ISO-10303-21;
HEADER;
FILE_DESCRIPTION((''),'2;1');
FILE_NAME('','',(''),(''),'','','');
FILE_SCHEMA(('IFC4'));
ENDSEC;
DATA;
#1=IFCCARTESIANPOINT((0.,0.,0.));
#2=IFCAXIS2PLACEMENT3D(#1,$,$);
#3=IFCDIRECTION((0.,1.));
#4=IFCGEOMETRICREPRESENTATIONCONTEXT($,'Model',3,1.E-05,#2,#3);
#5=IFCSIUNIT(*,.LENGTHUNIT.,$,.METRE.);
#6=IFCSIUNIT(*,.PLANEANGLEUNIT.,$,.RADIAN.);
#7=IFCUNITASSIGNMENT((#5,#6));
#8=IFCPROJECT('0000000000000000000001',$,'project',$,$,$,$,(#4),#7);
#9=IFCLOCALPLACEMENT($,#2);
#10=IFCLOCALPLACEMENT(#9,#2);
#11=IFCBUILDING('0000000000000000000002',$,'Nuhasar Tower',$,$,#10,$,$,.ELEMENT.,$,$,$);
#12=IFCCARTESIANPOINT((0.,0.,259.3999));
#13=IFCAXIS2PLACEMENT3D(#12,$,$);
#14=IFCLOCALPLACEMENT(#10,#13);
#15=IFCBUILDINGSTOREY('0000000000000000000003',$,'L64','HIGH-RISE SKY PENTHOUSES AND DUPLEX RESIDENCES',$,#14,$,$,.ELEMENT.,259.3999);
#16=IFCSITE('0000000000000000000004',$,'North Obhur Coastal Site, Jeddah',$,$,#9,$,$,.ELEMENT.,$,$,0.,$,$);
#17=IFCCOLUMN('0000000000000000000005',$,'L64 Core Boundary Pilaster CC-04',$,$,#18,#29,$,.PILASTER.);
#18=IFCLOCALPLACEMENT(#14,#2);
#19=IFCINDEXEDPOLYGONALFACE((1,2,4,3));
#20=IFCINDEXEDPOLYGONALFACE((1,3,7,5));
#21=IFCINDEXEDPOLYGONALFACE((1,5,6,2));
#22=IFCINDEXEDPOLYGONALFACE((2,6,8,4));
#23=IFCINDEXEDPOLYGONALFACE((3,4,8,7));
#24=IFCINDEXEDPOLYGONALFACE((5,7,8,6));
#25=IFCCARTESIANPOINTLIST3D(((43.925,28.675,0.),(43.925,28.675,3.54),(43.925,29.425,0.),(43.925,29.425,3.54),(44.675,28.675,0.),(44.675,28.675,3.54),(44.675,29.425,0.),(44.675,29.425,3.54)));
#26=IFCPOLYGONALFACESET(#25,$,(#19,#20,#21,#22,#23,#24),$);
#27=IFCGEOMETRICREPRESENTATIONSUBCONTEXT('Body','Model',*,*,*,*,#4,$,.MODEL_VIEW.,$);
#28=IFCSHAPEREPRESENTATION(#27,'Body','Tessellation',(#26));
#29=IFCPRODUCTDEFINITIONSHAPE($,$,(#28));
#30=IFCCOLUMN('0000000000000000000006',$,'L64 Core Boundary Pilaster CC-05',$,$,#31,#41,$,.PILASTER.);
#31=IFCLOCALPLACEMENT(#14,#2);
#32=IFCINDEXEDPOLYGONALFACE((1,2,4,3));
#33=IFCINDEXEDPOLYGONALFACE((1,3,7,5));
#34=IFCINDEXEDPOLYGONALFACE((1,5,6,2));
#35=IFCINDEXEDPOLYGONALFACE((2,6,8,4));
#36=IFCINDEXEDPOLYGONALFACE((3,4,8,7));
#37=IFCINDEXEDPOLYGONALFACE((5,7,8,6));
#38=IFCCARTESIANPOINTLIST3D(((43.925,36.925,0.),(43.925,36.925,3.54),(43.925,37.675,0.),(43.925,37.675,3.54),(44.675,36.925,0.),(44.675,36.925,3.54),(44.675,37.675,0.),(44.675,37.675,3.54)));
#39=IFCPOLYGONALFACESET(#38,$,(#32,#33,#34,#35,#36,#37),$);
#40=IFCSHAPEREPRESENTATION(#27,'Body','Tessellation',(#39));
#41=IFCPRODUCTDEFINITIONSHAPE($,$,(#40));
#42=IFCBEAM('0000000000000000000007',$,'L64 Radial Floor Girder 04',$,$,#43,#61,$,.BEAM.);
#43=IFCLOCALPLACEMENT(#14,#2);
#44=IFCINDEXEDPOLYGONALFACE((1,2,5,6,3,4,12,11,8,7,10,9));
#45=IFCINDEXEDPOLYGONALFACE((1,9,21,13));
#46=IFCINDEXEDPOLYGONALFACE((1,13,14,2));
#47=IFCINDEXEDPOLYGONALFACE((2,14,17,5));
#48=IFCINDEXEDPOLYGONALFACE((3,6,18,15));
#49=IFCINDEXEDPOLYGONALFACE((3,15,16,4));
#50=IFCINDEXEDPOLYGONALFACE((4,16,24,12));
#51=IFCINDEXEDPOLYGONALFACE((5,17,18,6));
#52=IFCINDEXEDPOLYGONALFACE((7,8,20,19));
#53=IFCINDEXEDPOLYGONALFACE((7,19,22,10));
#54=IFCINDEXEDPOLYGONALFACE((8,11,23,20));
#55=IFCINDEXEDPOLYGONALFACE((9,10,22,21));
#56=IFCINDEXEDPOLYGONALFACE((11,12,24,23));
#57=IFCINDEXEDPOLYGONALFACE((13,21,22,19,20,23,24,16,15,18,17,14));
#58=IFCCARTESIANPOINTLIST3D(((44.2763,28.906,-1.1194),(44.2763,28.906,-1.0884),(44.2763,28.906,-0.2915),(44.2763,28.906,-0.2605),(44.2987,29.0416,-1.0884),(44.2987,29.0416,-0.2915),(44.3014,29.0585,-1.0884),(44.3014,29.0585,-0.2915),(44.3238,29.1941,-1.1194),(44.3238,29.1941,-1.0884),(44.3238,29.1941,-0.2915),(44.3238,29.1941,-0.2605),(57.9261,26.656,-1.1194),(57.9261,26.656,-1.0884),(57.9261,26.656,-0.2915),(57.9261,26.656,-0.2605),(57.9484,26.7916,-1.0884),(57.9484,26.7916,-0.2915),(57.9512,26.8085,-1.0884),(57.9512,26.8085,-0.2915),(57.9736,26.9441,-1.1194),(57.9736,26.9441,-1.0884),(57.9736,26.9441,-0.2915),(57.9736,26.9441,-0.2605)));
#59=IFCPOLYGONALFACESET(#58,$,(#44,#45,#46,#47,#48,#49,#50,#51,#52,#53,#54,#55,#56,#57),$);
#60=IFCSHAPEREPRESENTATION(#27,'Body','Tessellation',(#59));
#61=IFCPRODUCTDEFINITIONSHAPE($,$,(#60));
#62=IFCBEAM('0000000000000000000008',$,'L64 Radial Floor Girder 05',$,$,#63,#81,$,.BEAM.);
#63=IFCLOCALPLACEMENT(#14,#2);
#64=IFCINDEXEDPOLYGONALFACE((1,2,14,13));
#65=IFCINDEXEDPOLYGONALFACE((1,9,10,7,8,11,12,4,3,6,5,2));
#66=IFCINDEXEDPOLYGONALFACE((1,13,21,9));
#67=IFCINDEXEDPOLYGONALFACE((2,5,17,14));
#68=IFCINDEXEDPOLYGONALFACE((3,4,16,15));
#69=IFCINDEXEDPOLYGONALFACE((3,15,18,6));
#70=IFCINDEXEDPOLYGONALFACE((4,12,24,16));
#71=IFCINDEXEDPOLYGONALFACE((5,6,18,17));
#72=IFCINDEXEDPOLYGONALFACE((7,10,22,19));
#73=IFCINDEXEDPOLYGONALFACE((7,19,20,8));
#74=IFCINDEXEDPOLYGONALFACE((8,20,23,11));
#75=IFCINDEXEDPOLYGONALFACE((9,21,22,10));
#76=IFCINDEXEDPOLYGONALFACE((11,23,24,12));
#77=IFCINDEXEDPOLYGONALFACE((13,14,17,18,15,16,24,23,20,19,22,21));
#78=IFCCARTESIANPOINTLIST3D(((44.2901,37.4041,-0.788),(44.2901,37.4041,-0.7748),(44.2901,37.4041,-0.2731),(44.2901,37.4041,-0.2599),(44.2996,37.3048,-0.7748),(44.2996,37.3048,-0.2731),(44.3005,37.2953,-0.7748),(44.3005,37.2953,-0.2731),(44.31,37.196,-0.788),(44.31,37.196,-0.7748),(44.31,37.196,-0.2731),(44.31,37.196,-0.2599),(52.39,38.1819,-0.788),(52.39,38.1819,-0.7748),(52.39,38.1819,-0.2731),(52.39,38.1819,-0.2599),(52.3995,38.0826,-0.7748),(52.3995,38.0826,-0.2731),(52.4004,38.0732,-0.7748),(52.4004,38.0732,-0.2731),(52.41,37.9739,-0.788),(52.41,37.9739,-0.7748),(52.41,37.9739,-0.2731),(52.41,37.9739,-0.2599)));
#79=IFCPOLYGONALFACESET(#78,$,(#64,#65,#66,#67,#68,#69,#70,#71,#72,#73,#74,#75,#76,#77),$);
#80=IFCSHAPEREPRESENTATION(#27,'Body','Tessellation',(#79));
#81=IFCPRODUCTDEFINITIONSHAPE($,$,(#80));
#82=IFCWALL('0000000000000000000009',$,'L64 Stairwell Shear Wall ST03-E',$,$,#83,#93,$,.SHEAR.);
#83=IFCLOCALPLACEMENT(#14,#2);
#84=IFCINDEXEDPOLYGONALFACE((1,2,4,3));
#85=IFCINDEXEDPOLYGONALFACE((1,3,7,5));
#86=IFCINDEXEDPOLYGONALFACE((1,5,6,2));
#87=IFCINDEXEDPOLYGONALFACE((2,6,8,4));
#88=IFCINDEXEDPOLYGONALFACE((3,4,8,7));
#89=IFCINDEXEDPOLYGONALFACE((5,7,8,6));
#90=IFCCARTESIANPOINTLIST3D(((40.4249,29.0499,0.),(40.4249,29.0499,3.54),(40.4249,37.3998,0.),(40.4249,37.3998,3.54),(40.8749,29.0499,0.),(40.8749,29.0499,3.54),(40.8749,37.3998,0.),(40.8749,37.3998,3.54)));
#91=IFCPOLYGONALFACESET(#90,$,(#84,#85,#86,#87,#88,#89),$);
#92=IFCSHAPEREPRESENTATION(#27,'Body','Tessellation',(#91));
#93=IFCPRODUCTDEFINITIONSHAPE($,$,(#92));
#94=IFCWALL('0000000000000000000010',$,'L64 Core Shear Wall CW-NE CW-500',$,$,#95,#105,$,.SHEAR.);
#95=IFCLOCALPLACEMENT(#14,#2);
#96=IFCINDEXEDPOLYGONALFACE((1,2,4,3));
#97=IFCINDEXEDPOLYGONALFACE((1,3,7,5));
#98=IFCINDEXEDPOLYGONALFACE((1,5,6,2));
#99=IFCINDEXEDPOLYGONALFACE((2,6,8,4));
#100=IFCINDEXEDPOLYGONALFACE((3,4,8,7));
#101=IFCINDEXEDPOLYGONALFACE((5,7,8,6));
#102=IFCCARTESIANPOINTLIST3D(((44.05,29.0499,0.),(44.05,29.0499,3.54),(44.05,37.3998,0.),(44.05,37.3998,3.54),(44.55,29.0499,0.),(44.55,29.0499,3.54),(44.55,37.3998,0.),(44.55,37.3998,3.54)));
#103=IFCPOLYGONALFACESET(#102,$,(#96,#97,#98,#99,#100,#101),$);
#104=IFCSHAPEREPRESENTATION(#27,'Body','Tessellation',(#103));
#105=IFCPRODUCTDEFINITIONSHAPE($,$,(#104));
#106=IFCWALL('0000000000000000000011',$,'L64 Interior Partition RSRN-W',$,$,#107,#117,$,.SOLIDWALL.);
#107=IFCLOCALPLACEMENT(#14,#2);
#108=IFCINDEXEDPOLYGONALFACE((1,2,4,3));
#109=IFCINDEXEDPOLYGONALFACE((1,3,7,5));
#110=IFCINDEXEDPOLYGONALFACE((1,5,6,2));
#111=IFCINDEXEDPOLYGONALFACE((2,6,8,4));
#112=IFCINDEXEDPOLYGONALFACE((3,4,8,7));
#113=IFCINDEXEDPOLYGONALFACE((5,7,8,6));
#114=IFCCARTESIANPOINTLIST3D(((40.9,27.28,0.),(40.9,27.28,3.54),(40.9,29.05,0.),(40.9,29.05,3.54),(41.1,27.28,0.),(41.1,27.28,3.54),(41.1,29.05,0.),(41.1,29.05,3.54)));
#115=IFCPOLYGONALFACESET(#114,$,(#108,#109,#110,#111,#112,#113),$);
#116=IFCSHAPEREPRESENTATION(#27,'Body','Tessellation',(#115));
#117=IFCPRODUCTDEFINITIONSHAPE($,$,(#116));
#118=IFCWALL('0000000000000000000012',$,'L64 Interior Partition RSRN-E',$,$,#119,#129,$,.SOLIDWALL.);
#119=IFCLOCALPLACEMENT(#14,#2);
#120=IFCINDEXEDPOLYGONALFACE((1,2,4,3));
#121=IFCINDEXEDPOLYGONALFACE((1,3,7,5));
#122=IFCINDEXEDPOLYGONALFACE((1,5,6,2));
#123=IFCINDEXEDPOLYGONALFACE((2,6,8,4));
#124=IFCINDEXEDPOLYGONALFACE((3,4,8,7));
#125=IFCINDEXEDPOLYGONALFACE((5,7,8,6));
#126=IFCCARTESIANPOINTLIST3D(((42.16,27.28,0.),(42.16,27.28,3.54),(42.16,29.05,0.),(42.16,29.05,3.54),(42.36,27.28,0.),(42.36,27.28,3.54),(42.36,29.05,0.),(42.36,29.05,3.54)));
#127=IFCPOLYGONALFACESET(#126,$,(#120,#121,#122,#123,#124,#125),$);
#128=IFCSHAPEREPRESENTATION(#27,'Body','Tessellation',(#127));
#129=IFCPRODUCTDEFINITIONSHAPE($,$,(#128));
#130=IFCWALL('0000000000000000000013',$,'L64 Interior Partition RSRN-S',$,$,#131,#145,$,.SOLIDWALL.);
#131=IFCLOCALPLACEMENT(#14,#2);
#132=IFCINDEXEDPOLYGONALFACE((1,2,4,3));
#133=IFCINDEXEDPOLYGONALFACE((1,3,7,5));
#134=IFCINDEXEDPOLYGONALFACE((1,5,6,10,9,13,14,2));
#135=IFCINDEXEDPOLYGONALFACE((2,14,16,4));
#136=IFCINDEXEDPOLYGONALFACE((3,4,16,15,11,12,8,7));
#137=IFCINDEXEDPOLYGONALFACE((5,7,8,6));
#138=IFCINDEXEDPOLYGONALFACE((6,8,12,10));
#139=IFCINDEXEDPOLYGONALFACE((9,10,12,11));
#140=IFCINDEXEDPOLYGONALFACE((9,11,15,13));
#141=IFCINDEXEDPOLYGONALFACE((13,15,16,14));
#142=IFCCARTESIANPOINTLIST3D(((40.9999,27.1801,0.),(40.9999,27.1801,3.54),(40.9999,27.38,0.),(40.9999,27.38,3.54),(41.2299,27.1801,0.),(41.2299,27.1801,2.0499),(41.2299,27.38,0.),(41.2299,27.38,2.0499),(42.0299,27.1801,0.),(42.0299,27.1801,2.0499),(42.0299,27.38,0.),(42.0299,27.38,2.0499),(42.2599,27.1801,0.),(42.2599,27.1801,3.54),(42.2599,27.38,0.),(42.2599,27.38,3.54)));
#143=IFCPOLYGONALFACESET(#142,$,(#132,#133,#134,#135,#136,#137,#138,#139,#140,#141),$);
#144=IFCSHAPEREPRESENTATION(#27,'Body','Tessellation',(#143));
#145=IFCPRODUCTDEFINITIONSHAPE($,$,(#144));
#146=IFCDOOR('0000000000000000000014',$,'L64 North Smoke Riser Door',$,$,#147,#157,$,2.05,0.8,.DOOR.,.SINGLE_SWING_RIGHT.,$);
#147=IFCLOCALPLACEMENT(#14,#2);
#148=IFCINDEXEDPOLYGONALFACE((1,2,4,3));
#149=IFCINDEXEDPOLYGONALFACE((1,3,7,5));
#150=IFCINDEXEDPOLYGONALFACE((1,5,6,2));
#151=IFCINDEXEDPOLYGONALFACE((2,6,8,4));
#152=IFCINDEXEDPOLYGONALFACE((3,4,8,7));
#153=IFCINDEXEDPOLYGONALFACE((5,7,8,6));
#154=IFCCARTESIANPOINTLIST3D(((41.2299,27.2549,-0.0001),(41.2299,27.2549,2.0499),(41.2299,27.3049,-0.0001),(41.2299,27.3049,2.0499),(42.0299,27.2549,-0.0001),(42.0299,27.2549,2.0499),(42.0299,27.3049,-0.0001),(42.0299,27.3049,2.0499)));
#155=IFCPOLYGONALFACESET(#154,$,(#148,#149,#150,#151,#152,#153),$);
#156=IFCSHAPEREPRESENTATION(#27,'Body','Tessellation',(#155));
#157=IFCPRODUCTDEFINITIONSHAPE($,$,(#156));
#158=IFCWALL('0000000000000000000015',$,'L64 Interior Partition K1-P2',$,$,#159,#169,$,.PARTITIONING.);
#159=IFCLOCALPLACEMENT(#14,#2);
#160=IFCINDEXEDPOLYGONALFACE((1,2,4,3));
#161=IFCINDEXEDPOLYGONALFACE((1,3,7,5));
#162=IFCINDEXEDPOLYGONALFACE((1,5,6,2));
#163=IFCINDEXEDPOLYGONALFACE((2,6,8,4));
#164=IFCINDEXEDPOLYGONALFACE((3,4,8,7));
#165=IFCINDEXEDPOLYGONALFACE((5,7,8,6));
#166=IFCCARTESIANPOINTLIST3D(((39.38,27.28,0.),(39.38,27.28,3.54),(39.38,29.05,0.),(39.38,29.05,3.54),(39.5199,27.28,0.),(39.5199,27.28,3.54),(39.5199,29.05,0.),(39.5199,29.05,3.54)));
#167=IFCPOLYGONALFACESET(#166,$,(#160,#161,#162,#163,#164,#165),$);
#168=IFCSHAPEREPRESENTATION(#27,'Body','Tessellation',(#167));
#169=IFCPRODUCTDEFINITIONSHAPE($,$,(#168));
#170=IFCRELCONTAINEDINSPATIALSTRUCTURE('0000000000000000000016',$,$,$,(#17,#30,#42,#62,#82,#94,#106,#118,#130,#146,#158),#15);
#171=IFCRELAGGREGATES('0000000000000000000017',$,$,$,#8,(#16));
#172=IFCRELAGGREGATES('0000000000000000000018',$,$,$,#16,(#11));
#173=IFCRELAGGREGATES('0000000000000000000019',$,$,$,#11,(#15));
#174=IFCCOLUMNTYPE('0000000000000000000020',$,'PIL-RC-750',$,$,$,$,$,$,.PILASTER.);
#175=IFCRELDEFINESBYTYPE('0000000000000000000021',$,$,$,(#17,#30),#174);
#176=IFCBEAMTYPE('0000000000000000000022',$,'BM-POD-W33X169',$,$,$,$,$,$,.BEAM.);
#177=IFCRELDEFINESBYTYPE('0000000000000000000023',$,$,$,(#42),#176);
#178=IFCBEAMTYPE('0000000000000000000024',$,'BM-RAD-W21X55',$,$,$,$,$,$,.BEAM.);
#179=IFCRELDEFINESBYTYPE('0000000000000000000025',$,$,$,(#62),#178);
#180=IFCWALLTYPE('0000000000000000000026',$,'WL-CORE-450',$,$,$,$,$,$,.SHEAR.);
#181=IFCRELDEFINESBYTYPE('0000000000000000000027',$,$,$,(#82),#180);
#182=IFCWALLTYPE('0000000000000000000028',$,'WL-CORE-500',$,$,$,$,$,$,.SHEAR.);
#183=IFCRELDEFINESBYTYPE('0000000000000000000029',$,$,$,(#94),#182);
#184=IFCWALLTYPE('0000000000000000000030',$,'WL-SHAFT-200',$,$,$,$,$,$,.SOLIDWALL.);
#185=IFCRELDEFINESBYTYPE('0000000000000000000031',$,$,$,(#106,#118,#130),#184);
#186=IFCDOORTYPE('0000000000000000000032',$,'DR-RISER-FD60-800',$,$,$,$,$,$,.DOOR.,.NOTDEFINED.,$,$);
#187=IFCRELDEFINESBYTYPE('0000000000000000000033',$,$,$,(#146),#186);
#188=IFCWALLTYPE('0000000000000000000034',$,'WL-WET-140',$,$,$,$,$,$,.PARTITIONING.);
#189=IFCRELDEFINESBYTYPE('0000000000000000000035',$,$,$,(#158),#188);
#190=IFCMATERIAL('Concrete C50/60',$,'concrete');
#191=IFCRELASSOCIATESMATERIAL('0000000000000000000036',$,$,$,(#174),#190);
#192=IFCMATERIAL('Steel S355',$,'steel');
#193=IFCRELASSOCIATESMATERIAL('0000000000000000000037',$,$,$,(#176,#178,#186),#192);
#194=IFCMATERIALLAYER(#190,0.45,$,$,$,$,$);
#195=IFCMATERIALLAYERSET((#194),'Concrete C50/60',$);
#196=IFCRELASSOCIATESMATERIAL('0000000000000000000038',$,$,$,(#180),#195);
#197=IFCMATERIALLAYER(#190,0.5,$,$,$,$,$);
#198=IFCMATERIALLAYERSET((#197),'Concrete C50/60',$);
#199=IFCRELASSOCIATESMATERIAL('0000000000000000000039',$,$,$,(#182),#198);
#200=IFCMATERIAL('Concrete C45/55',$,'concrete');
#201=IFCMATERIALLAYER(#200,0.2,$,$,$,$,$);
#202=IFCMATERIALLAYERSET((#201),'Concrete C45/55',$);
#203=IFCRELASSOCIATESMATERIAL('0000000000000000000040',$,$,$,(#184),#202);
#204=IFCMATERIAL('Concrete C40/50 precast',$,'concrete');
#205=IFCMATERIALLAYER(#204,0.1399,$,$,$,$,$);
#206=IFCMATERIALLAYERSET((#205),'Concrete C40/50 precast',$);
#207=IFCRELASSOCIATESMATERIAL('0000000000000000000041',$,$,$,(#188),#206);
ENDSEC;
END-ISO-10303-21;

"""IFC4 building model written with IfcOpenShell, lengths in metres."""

from ifc_helpers import new_model, si_unit, direction, frame, frame_2d, origin, origin_2d, place, context, subcontext, project, spatial, rectangle, i_section, extrude, material, layer, layer_set, material_profile, profile_set, type_object, element, fill, save


model = new_model("IFC4")

# Units and contexts
model_context = context("Model", 3, precision=1e-05, world=origin(), true_north=direction((0.0, 1.0)))
body_context = subcontext(model_context, "Body", "Model", "MODEL_VIEW")
ifc_project = project(units=[si_unit("LENGTHUNIT", "METRE"), si_unit("PLANEANGLEUNIT", "RADIAN")], contexts=[model_context])

# Site, building, storey
site_placement = place(None, origin())
site = spatial("IfcSite", under=ifc_project, at=site_placement, Name="North Obhur Coastal Site, Jeddah", CompositionType="ELEMENT", RefElevation=0.0)
building_placement = place(site_placement, origin())
building = spatial("IfcBuilding", under=site, at=building_placement, Name="Nuhasar Tower", CompositionType="ELEMENT")
storey_placement = place(building_placement, frame((0.0, 0.0, 259.3999)))
storey = spatial("IfcBuildingStorey", under=building, at=storey_placement, Name="L64", Description="HIGH-RISE SKY PENTHOUSES AND DUPLEX RESIDENCES", CompositionType="ELEMENT", Elevation=259.3999)

# Columns
ifc_material_1 = material(Name="Concrete C50/60", Category="concrete")
ifc_material_profile_1 = material_profile(ifc_material_1, rectangle(XDim=0.75, YDim=0.75, at=origin_2d()), Name="RC750X750")
ifc_profile_set_1 = profile_set([ifc_material_profile_1], Name="Concrete C50/60")
column_type = type_object("IfcColumnType", Name="PIL-RC-750", PredefinedType="PILASTER", material=ifc_profile_set_1)
for number, where, z_axis, x_axis, name in (
    (1, (44.3, 29.05, 0.0), (0.0, 0.0, 1.0), (1.0, 0.0, 0.0), "L64 Core Boundary Pilaster CC-04"),
    (2, (44.3, 37.3, 0.0), (0.0, 0.0, 1.0), (1.0, 0.0, 0.0), "L64 Core Boundary Pilaster CC-05"),
):
    element("IfcColumn", number, at=place(storey_placement, frame(where, z_axis=z_axis, x_axis=x_axis)), inside=storey, type_object=column_type, Name=name, PredefinedType="PILASTER", context=body_context, shape_type="SweptSolid", body=[
        extrude(rectangle(XDim=0.75, YDim=0.75, at=origin_2d()), origin(), (0.0, 0.0, 1.0), 3.54),
    ])

# Beams
ifc_material_2 = material(Name="Steel S355", Category="steel")
ifc_material_profile_2 = material_profile(ifc_material_2, i_section(OverallWidth=0.292, OverallDepth=0.8589, WebThickness=0.0171, FlangeThickness=0.031, at=origin_2d()), Name="W33X169")
ifc_profile_set_2 = profile_set([ifc_material_profile_2], Name="Steel S355")
beam_type_1 = type_object("IfcBeamType", Name="BM-POD-W33X169", PredefinedType="BEAM", material=ifc_profile_set_2)
beam_1_placement = place(storey_placement, frame((44.3, 29.05, -0.6899), z_axis=(0.986685, -0.162642, 0.0), x_axis=(0.162642, 0.986685, 0.0)))
element("IfcBeam", 3, at=beam_1_placement, inside=storey, type_object=beam_type_1, Name="L64 Radial Floor Girder 04", PredefinedType="BEAM", context=body_context, shape_type="SweptSolid", body=[
    extrude(i_section(OverallWidth=0.292, OverallDepth=0.8589, WebThickness=0.0171, FlangeThickness=0.031, at=origin_2d()), origin(), (0.0, 0.0, 1.0), 13.834),
])
ifc_material_profile_3 = material_profile(ifc_material_2, i_section(OverallWidth=0.209, OverallDepth=0.5281, WebThickness=0.0095, FlangeThickness=0.0132, at=origin_2d()), Name="W21X55")
ifc_profile_set_3 = profile_set([ifc_material_profile_3], Name="Steel S355")
beam_type_2 = type_object("IfcBeamType", Name="BM-RAD-W21X55", PredefinedType="BEAM", material=ifc_profile_set_3)
beam_2_placement = place(storey_placement, frame((44.3, 37.3, -0.5239), z_axis=(0.995421, 0.095591, 0.0), x_axis=(-0.095591, 0.995421, 0.0)))
element("IfcBeam", 4, at=beam_2_placement, inside=storey, type_object=beam_type_2, Name="L64 Radial Floor Girder 05", PredefinedType="BEAM", context=body_context, shape_type="SweptSolid", body=[
    extrude(i_section(OverallWidth=0.209, OverallDepth=0.5281, WebThickness=0.0095, FlangeThickness=0.0132, at=origin_2d()), origin(), (0.0, 0.0, 1.0), 8.1372),
])

# Shared definitions
ifc_layer_1 = layer(ifc_material_1, 0.45)
ifc_layer_set_1 = layer_set([ifc_layer_1], Name="Concrete C50/60")
wall_type_1 = type_object("IfcWallType", Name="WL-CORE-450", PredefinedType="SHEAR", material=ifc_layer_set_1)

# Walls
wall_1_placement = place(storey_placement, frame((40.6499, 29.05, 0.0), z_axis=(0.0, 0.0, 1.0), x_axis=(0.0, 1.0, 0.0)))
element("IfcWall", 5, at=wall_1_placement, inside=storey, type_object=wall_type_1, Name="L64 Stairwell Shear Wall ST03-E", PredefinedType="SHEAR", context=body_context, shape_type="SweptSolid", body=[
    extrude(rectangle(XDim=8.3499, YDim=0.45, at=frame_2d((4.1748, 0.0))), origin(), (0.0, 0.0, 1.0), 3.54),
])
ifc_layer_2 = layer(ifc_material_1, 0.5)
ifc_layer_set_2 = layer_set([ifc_layer_2], Name="Concrete C50/60")
wall_type_2 = type_object("IfcWallType", Name="WL-CORE-500", PredefinedType="SHEAR", material=ifc_layer_set_2)
wall_2_placement = place(storey_placement, frame((44.3, 29.05, 0.0), z_axis=(0.0, 0.0, 1.0), x_axis=(0.0, 1.0, 0.0)))
element("IfcWall", 6, at=wall_2_placement, inside=storey, type_object=wall_type_2, Name="L64 Core Shear Wall CW-NE CW-500", PredefinedType="SHEAR", context=body_context, shape_type="SweptSolid", body=[
    extrude(rectangle(XDim=8.3499, YDim=0.5, at=frame_2d((4.1748, 0.0))), origin(), (0.0, 0.0, 1.0), 3.54),
])
ifc_material_3 = material(Name="Concrete C45/55", Category="concrete")
ifc_layer_3 = layer(ifc_material_3, 0.2)
ifc_layer_set_3 = layer_set([ifc_layer_3], Name="Concrete C45/55")
wall_type_3 = type_object("IfcWallType", Name="WL-SHAFT-200", PredefinedType="SOLIDWALL", material=ifc_layer_set_3)
for number, where, z_axis, x_axis, name in (
    (7, (41.0, 27.28, 0.0), (0.0, 0.0, 1.0), (0.0, 1.0, 0.0), "L64 Interior Partition RSRN-W"),
    (8, (42.26, 27.28, 0.0), (0.0, 0.0, 1.0), (0.0, 1.0, 0.0), "L64 Interior Partition RSRN-E"),
):
    element("IfcWall", number, at=place(storey_placement, frame(where, z_axis=z_axis, x_axis=x_axis)), inside=storey, type_object=wall_type_3, Name=name, PredefinedType="SOLIDWALL", context=body_context, shape_type="SweptSolid", body=[
        extrude(rectangle(XDim=1.77, YDim=0.2, at=frame_2d((0.885, 0.0))), origin(), (0.0, 0.0, 1.0), 3.54),
    ])

# Wall, opening, door
wall_3_placement = place(storey_placement, frame((41.0, 27.28, 0.0), z_axis=(0.0, 0.0, 1.0), x_axis=(1.0, 0.0, 0.0)))
wall_3 = element("IfcWall", 9, at=wall_3_placement, inside=storey, type_object=wall_type_3, Name="L64 Interior Partition RSRN-S", PredefinedType="SOLIDWALL", context=body_context, shape_type="SweptSolid", body=[
    extrude(rectangle(XDim=1.26, YDim=0.2, at=frame_2d((0.6299, 0.0))), origin(), (0.0, 0.0, 1.0), 3.54),
])
opening_1_placement = place(wall_3_placement, frame((0.23, 0.0, 0.0)))
opening_1 = element("IfcOpeningElement", 10, at=opening_1_placement, cuts=wall_3, PredefinedType="OPENING", context=body_context, shape_type="SweptSolid", body=[
    extrude(rectangle(XDim=0.8, YDim=2.05, at=frame_2d((0.3999, 1.0249))), frame((0.0, 0.1099, 0.0), z_axis=(0.0, -1.0, 0.0), x_axis=(1.0, 0.0, 0.0)), (0.0, 0.0, 1.0), 0.22),
])
door_type_1 = type_object("IfcDoorType", Name="DR-RISER-FD60-800", OperationType="NOTDEFINED", PredefinedType="DOOR", material=ifc_material_2)
door_1_placement = place(opening_1_placement, origin())
door_1 = element("IfcDoor", 11, at=door_1_placement, inside=storey, type_object=door_type_1, Name="L64 North Smoke Riser Door", OperationType="SINGLE_SWING_RIGHT", OverallHeight=2.05, OverallWidth=0.8, PredefinedType="DOOR", context=body_context, shape_type="SweptSolid", body=[
    extrude(rectangle(XDim=0.8, YDim=2.05, at=frame_2d((0.3999, 1.0249))), frame((0.0, 0.0249, 0.0), z_axis=(0.0, -1.0, 0.0), x_axis=(1.0, 0.0, 0.0)), (0.0, 0.0, 1.0), 0.05),
])
fill(opening_1, door_1)

# Wall
ifc_material_4 = material(Name="Concrete C40/50 precast", Category="concrete")
ifc_layer_4 = layer(ifc_material_4, 0.1399)
ifc_layer_set_4 = layer_set([ifc_layer_4], Name="Concrete C40/50 precast")
wall_type_4 = type_object("IfcWallType", Name="WL-WET-140", PredefinedType="PARTITIONING", material=ifc_layer_set_4)
wall_4_placement = place(storey_placement, frame((39.45, 27.28, 0.0), z_axis=(0.0, 0.0, 1.0), x_axis=(0.0, 1.0, 0.0)))
element("IfcWall", 12, at=wall_4_placement, inside=storey, type_object=wall_type_4, Name="L64 Interior Partition K1-P2", PredefinedType="PARTITIONING", context=body_context, shape_type="SweptSolid", body=[
    extrude(rectangle(XDim=1.77, YDim=0.1399, at=frame_2d((0.885, 0.0))), origin(), (0.0, 0.0, 1.0), 3.54),
])

save(model, "model.ifc")
